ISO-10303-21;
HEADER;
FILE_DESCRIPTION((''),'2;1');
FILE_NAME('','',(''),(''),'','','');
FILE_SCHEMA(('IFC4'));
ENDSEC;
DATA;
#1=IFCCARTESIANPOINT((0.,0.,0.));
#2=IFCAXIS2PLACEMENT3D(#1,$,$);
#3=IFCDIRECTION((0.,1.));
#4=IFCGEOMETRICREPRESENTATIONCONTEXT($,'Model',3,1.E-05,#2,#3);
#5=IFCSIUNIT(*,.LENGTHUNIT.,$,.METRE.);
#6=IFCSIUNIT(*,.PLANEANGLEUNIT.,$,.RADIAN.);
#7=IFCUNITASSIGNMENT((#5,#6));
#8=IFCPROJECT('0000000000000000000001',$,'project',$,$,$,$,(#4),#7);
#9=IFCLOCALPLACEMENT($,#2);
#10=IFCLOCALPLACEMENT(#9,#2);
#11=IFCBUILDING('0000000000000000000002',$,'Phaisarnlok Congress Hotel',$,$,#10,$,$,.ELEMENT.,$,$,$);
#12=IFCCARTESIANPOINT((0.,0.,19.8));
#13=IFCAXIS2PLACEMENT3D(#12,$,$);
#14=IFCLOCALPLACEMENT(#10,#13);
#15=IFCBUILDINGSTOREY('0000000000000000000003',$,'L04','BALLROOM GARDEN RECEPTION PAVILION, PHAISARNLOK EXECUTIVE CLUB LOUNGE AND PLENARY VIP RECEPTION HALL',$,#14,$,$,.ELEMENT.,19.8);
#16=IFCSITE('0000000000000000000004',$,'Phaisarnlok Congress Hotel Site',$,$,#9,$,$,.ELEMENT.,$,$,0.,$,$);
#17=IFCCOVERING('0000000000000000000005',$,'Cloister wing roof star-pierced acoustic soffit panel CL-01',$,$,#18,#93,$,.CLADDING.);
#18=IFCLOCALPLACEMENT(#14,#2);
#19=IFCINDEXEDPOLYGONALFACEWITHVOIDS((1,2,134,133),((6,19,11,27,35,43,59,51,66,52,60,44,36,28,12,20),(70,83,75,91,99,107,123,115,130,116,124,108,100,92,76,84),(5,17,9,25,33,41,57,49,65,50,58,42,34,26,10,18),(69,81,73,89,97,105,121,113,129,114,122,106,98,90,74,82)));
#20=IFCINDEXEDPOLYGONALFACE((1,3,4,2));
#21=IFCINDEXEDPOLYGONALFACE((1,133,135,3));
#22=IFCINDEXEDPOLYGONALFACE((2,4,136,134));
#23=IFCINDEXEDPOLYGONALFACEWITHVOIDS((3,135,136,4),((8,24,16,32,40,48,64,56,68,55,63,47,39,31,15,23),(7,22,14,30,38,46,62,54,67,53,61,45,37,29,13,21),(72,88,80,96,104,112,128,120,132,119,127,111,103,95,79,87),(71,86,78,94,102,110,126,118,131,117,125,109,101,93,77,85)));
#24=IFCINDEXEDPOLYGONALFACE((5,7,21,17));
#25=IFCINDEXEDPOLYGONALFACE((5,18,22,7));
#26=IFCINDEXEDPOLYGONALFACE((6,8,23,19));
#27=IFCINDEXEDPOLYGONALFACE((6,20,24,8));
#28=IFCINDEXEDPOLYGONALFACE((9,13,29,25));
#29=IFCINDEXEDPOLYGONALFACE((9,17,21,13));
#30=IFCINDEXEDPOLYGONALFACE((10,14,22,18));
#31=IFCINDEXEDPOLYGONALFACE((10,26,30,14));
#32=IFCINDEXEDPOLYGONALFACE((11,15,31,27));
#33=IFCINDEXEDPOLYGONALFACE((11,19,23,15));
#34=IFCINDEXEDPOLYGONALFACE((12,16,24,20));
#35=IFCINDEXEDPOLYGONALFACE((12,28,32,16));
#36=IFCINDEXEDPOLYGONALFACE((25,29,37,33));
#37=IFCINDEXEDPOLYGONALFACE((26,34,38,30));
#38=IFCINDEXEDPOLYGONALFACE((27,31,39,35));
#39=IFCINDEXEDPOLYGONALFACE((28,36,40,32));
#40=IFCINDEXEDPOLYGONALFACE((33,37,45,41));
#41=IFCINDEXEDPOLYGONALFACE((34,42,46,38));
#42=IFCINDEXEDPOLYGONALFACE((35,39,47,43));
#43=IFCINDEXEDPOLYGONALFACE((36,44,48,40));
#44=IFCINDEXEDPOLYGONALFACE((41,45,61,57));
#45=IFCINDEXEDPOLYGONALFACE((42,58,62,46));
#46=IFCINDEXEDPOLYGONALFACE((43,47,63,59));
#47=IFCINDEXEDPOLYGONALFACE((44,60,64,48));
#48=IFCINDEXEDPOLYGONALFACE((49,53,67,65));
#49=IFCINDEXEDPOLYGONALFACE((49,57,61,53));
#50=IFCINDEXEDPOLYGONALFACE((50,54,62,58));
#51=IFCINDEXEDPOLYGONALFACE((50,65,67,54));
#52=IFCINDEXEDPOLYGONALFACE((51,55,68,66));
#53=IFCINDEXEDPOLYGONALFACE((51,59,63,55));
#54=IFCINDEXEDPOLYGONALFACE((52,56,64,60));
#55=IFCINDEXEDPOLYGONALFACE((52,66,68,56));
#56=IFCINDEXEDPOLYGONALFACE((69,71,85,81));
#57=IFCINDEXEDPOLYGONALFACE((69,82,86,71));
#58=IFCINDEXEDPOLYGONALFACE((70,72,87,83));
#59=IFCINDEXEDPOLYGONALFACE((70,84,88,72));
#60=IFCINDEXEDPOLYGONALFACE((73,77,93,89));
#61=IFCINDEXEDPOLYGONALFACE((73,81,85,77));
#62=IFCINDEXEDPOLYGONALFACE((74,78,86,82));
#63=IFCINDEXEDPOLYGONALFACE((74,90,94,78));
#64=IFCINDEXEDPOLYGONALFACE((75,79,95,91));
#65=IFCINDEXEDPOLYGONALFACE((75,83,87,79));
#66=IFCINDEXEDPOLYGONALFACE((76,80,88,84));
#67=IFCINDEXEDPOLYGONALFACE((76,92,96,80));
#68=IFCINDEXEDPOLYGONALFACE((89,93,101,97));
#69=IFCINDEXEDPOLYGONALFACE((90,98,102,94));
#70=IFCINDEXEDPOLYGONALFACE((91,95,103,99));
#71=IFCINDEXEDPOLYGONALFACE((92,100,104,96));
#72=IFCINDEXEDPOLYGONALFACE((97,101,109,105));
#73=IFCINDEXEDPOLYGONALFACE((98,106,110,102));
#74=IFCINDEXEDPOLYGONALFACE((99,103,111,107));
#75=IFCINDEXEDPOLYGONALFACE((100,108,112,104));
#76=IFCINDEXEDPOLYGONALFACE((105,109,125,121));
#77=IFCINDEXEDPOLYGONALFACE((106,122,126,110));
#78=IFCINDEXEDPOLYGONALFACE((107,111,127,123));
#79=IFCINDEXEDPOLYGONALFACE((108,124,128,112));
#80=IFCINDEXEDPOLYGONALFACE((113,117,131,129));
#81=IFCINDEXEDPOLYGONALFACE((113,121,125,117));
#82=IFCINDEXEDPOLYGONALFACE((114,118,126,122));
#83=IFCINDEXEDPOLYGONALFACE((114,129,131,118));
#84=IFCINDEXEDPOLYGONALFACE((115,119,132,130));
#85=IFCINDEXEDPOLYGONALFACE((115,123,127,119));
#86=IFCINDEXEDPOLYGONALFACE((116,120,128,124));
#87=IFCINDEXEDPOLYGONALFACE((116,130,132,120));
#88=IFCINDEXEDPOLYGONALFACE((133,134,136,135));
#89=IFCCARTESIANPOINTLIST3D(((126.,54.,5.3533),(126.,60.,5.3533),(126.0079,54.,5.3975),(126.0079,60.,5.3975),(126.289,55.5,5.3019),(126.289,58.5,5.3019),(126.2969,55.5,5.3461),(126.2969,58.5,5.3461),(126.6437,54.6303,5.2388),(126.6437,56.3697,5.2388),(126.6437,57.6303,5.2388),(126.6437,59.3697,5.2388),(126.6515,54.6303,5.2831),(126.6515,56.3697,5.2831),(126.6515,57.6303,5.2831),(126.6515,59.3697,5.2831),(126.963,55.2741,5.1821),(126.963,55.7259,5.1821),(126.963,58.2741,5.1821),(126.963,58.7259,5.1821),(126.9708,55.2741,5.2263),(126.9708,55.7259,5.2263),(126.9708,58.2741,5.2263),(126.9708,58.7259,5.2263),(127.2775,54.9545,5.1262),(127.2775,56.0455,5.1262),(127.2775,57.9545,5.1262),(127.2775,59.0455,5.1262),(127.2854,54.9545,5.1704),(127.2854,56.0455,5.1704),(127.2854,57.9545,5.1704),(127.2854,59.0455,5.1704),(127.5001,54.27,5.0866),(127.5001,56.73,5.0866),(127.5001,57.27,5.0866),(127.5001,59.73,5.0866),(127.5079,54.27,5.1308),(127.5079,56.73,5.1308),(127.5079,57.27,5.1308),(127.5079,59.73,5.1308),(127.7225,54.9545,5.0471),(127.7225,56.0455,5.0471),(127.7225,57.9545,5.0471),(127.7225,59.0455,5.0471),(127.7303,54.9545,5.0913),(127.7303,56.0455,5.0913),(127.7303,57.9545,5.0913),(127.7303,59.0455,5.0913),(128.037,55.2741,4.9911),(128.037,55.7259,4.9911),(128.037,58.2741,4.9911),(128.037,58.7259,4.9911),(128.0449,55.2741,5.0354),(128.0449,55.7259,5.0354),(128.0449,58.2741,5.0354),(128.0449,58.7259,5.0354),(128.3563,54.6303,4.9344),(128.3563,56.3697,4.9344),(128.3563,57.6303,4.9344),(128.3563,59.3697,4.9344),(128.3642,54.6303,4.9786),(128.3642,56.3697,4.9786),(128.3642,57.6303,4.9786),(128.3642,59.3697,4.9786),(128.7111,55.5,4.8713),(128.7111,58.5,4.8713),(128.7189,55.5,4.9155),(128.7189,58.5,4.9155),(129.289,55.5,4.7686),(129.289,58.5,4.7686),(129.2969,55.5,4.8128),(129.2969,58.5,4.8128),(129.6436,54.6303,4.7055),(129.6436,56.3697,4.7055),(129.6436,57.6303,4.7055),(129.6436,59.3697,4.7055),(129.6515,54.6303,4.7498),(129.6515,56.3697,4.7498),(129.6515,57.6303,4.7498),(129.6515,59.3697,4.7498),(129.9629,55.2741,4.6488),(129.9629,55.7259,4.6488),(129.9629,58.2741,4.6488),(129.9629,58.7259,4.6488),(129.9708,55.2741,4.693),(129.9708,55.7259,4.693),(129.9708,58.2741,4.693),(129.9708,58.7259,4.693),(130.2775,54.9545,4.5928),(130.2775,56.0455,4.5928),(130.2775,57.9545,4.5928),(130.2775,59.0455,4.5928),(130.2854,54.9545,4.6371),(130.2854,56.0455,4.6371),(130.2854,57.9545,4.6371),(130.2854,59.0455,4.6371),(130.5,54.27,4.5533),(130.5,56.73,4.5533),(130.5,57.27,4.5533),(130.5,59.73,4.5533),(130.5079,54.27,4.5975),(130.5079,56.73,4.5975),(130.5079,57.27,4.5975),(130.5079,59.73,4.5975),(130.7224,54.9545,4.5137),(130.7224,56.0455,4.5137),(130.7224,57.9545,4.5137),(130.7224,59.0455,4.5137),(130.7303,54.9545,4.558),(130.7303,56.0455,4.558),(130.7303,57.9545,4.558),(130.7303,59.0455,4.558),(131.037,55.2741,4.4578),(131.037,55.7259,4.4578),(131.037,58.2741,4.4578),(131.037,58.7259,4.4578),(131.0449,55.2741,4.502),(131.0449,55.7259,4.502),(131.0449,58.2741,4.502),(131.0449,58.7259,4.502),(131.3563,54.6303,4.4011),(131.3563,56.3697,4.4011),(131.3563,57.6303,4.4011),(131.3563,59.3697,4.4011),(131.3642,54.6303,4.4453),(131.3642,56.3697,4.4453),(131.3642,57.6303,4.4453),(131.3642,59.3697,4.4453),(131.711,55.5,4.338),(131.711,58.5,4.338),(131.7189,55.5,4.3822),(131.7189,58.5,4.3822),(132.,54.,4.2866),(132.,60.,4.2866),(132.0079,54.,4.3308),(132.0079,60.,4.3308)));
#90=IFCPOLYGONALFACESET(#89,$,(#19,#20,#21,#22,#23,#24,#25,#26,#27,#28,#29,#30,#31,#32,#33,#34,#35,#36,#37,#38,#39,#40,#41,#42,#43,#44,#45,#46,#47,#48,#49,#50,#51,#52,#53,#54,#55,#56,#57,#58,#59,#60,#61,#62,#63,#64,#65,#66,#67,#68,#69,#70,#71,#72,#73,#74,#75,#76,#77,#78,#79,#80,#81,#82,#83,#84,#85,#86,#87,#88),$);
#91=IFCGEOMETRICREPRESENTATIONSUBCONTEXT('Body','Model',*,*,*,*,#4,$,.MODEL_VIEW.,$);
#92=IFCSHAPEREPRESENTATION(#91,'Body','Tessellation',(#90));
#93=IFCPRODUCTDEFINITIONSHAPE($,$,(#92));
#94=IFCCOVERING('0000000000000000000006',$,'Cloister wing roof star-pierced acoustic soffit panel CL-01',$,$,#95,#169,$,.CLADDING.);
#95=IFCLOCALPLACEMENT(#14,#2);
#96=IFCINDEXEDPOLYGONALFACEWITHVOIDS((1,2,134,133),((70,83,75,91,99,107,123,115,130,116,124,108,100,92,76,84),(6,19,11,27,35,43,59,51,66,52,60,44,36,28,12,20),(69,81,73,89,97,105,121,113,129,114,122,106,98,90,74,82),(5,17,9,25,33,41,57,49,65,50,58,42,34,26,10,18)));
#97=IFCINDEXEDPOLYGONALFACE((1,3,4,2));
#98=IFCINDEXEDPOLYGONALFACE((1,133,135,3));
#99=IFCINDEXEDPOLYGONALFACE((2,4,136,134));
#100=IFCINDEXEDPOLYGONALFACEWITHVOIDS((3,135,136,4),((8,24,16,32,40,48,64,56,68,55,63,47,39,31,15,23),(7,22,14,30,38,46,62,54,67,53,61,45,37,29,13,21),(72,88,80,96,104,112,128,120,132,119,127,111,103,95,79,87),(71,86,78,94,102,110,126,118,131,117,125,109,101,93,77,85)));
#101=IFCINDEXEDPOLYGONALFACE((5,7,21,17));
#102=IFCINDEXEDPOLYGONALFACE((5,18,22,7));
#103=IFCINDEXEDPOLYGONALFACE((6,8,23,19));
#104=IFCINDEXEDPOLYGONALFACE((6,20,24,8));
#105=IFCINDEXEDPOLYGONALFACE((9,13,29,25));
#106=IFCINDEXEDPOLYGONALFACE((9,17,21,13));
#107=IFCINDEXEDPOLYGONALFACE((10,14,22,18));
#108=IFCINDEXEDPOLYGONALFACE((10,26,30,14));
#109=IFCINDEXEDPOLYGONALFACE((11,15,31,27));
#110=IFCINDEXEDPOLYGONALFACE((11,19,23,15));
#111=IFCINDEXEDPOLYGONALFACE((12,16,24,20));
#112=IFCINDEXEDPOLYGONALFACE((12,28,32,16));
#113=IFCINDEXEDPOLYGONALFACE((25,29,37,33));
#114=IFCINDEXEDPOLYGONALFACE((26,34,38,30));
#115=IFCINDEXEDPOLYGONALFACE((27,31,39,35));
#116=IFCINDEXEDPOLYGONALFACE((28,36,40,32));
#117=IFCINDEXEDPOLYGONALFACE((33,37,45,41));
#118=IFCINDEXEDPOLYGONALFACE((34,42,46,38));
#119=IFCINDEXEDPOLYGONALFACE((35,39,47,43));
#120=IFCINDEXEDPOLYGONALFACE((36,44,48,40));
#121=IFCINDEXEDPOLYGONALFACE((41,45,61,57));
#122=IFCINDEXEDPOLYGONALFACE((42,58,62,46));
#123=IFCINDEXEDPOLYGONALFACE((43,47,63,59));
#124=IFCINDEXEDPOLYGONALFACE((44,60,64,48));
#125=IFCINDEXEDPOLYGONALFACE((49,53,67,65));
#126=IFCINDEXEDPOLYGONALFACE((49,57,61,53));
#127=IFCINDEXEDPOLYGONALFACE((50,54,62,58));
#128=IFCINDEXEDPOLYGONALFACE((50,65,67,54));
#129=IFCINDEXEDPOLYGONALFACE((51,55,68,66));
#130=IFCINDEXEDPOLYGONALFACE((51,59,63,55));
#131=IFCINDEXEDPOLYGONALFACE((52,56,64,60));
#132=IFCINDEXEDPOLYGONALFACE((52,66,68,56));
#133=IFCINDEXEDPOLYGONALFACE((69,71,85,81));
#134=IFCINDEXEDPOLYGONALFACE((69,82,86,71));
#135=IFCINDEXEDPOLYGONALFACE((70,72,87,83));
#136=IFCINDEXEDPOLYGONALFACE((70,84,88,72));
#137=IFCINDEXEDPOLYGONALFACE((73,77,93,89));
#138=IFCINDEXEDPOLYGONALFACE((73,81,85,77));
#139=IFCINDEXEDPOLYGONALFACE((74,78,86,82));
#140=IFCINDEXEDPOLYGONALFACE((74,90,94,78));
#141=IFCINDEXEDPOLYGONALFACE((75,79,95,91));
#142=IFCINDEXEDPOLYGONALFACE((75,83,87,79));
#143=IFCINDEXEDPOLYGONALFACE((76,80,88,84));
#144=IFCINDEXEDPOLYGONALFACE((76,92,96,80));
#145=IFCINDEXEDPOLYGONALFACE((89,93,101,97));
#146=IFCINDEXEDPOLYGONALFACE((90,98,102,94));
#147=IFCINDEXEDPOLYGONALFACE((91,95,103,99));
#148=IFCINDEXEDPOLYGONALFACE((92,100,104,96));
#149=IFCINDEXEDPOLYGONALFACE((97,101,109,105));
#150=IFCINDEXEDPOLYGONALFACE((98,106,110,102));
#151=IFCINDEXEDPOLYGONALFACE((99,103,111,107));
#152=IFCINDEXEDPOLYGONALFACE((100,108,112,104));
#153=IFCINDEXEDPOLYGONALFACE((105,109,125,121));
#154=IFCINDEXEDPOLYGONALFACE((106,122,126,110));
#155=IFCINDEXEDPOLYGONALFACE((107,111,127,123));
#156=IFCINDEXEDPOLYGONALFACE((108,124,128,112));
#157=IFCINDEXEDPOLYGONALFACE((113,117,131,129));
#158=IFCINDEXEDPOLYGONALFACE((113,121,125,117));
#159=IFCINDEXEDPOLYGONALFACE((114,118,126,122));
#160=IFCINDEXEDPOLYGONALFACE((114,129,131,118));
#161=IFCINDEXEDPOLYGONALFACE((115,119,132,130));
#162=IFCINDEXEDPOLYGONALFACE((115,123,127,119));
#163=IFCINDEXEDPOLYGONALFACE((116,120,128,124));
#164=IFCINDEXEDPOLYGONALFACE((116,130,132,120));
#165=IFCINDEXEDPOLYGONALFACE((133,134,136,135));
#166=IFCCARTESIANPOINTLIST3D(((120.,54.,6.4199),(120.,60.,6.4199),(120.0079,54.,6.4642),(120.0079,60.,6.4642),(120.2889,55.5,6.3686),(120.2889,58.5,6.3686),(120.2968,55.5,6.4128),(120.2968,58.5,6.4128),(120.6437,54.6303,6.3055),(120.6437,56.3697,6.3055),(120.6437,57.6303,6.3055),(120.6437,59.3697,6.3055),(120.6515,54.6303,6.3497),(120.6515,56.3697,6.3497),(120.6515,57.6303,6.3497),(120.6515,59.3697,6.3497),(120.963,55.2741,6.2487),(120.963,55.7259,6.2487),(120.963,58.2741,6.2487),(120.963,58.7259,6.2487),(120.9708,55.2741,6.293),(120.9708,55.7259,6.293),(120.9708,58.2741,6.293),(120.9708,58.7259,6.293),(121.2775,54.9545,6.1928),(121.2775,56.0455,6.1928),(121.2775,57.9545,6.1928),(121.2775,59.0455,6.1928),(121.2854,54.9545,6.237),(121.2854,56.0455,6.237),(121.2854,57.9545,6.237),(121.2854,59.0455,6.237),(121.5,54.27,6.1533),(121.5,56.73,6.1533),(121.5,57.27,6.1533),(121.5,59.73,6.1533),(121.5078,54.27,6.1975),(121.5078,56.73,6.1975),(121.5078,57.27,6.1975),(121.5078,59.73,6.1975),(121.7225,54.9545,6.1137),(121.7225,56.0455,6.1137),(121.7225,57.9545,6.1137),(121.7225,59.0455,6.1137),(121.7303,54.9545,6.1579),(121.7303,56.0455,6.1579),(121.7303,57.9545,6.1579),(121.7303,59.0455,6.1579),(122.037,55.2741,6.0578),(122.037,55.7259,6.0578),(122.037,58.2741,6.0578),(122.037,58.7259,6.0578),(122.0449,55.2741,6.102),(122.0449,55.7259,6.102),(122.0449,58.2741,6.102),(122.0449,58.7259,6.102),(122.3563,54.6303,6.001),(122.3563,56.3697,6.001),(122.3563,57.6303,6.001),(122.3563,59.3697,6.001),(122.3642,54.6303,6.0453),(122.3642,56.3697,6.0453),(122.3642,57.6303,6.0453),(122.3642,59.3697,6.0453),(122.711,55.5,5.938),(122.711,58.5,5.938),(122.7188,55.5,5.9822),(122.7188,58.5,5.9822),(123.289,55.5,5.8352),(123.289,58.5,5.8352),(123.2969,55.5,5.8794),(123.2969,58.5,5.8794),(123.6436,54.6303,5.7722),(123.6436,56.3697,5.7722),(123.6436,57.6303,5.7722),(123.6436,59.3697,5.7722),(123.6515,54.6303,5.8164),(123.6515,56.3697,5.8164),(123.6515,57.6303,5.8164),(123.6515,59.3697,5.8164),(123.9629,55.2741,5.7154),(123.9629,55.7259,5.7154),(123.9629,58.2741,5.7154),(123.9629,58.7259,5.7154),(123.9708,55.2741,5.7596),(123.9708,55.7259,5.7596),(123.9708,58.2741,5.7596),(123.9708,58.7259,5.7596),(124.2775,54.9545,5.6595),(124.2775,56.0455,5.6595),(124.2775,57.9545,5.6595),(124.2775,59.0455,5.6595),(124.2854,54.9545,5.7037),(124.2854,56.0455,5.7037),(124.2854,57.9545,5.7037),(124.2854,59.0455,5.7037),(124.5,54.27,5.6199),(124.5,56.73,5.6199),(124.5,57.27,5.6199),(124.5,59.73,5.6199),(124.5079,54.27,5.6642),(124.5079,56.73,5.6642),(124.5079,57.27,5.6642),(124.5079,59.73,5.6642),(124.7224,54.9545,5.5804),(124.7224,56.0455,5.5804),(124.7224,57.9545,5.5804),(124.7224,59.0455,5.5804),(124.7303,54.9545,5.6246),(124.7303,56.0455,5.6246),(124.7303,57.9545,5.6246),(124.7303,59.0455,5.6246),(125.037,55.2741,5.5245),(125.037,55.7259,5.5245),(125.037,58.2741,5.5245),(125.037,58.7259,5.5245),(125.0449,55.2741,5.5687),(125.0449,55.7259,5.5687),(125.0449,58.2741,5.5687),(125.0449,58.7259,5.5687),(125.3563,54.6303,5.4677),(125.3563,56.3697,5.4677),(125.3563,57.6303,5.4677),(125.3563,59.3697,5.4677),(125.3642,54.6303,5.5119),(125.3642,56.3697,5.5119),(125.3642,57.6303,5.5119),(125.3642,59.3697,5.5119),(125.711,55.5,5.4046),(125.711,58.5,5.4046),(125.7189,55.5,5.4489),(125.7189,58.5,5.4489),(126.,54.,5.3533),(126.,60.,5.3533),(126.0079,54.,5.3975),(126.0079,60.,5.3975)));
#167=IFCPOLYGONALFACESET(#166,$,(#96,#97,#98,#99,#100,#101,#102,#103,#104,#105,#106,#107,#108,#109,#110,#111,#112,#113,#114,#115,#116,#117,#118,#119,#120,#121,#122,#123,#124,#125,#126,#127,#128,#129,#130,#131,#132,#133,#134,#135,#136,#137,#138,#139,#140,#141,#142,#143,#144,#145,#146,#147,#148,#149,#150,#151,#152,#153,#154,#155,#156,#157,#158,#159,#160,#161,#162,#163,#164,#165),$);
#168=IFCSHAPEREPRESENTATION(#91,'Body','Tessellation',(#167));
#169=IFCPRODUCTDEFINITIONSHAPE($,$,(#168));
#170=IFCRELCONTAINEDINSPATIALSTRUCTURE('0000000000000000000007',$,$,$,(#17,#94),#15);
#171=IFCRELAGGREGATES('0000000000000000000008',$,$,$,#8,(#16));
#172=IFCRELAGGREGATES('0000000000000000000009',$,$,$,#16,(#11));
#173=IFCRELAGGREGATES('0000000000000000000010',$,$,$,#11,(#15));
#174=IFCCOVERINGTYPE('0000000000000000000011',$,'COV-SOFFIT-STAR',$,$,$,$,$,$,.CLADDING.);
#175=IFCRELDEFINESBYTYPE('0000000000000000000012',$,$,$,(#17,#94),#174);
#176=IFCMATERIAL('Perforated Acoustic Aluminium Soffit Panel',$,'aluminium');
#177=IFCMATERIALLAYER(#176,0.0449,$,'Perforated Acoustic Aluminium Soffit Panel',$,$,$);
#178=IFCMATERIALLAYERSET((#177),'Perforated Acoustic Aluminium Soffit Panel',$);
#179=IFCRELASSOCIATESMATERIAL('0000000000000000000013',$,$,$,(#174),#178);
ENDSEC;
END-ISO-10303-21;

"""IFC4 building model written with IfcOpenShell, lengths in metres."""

from ifc_helpers import new_model, si_unit, direction, frame, origin, place, context, subcontext, project, spatial, polyline, outline, extrude, material, layer, layer_set, type_object, element, save


model = new_model("IFC4")

# Units and contexts
model_context = context("Model", 3, precision=1e-05, world=origin(), true_north=direction((0.0, 1.0)))
body_context = subcontext(model_context, "Body", "Model", "MODEL_VIEW")
ifc_project = project(units=[si_unit("LENGTHUNIT", "METRE"), si_unit("PLANEANGLEUNIT", "RADIAN")], contexts=[model_context])

# Site, building, storey
site_placement = place(None, origin())
site = spatial("IfcSite", under=ifc_project, at=site_placement, Name="Phaisarnlok Congress Hotel Site", CompositionType="ELEMENT", RefElevation=0.0)
building_placement = place(site_placement, origin())
building = spatial("IfcBuilding", under=site, at=building_placement, Name="Phaisarnlok Congress Hotel", CompositionType="ELEMENT")
storey_placement = place(building_placement, frame((0.0, 0.0, 19.8)))
storey = spatial("IfcBuildingStorey", under=building, at=storey_placement, Name="L04", Description="BALLROOM GARDEN RECEPTION PAVILION, PHAISARNLOK EXECUTIVE CLUB LOUNGE AND PLENARY VIP RECEPTION HALL", CompositionType="ELEMENT", Elevation=19.8)

# Coverings
ifc_material_1 = material(Name="Perforated Acoustic Aluminium Soffit Panel", Category="aluminium")
ifc_layer_1 = layer(ifc_material_1, 0.0449, Name="Perforated Acoustic Aluminium Soffit Panel")
ifc_layer_set_1 = layer_set([ifc_layer_1], Name="Perforated Acoustic Aluminium Soffit Panel")
covering_type = type_object("IfcCoveringType", Name="COV-SOFFIT-STAR", PredefinedType="CLADDING", material=ifc_layer_set_1)
covering_1_placement = place(storey_placement, frame((132.0, 54.0, 4.2866), z_axis=(0.175031, 0.0, 0.984563), x_axis=(0.0, 1.0, 0.0)))
element("IfcCovering", 1, at=covering_1_placement, inside=storey, type_object=covering_type, Name="Cloister wing roof star-pierced acoustic soffit panel CL-01", PredefinedType="CLADDING", context=body_context, shape_type="SweptSolid", body=[
    extrude(outline(polyline([(0.0, 0.0), (6.0, 0.0), (6.0, 6.0941), (0.0, 6.0941), (0.0, 0.0)]), holes=[polyline([(2.0455, 1.2976), (2.3697, 0.6538), (1.7259, 0.9781), (1.5, 0.2935), (1.2741, 0.9781), (0.6303, 0.6538), (0.9545, 1.2976), (0.27, 1.5235), (0.9545, 1.7495), (0.6303, 2.3933), (1.2741, 2.069), (1.5, 2.7535), (1.7259, 2.069), (2.3697, 2.3933), (2.0455, 1.7495), (2.73, 1.5235), (2.0455, 1.2976)]), polyline([(2.0455, 4.3446), (2.3697, 3.7008), (1.7259, 4.0251), (1.5, 3.3405), (1.2741, 4.0251), (0.6303, 3.7008), (0.9545, 4.3446), (0.27, 4.5705), (0.9545, 4.7965), (0.6303, 5.4403), (1.2741, 5.116), (1.5, 5.8005), (1.7259, 5.116), (2.3697, 5.4403), (2.0455, 4.7965), (2.73, 4.5705), (2.0455, 4.3446)]), polyline([(5.0455, 1.2976), (5.3697, 0.6538), (4.7259, 0.9781), (4.5, 0.2935), (4.2741, 0.9781), (3.6303, 0.6538), (3.9545, 1.2976), (3.27, 1.5235), (3.9545, 1.7495), (3.6303, 2.3933), (4.2741, 2.069), (4.5, 2.7535), (4.7259, 2.069), (5.3697, 2.3933), (5.0455, 1.7495), (5.73, 1.5235), (5.0455, 1.2976)]), polyline([(5.0455, 4.3446), (5.3697, 3.7008), (4.7259, 4.0251), (4.5, 3.3405), (4.2741, 4.0251), (3.6303, 3.7008), (3.9545, 4.3446), (3.27, 4.5705), (3.9545, 4.7965), (3.6303, 5.4403), (4.2741, 5.116), (4.5, 5.8005), (4.7259, 5.116), (5.3697, 5.4403), (5.0455, 4.7965), (5.73, 4.5705), (5.0455, 4.3446)])]), origin(), (0.0, 0.0, 1.0), 0.0449),
])
covering_2_placement = place(storey_placement, frame((126.0, 54.0, 5.3533), z_axis=(0.175031, 0.0, 0.984563), x_axis=(0.0, 1.0, 0.0)))
element("IfcCovering", 2, at=covering_2_placement, inside=storey, type_object=covering_type, Name="Cloister wing roof star-pierced acoustic soffit panel CL-01", PredefinedType="CLADDING", context=body_context, shape_type="SweptSolid", body=[
    extrude(outline(polyline([(0.0, 0.0), (6.0, 0.0), (6.0, 6.0941), (0.0, 6.0941), (0.0, 0.0)]), holes=[polyline([(2.0455, 1.2976), (2.3697, 0.6538), (1.7259, 0.9781), (1.5, 0.2935), (1.2741, 0.9781), (0.6303, 0.6538), (0.9545, 1.2976), (0.27, 1.5235), (0.9545, 1.7495), (0.6303, 2.3933), (1.2741, 2.069), (1.5, 2.7535), (1.7259, 2.069), (2.3697, 2.3933), (2.0455, 1.7495), (2.73, 1.5235), (2.0455, 1.2976)]), polyline([(2.0455, 4.3446), (2.3697, 3.7008), (1.7259, 4.0251), (1.5, 3.3406), (1.2741, 4.0251), (0.6303, 3.7008), (0.9545, 4.3446), (0.27, 4.5706), (0.9545, 4.7965), (0.6303, 5.4403), (1.2741, 5.116), (1.5, 5.8006), (1.7259, 5.116), (2.3697, 5.4403), (2.0455, 4.7965), (2.73, 4.5706), (2.0455, 4.3446)]), polyline([(5.0455, 1.2976), (5.3697, 0.6538), (4.7259, 0.9781), (4.5, 0.2935), (4.2741, 0.9781), (3.6303, 0.6538), (3.9545, 1.2976), (3.27, 1.5235), (3.9545, 1.7495), (3.6303, 2.3933), (4.2741, 2.069), (4.5, 2.7535), (4.7259, 2.069), (5.3697, 2.3933), (5.0455, 1.7495), (5.73, 1.5235), (5.0455, 1.2976)]), polyline([(5.0455, 4.3446), (5.3697, 3.7008), (4.7259, 4.0251), (4.5, 3.3406), (4.2741, 4.0251), (3.6303, 3.7008), (3.9545, 4.3446), (3.27, 4.5706), (3.9545, 4.7965), (3.6303, 5.4403), (4.2741, 5.116), (4.5, 5.8006), (4.7259, 5.116), (5.3697, 5.4403), (5.0455, 4.7965), (5.73, 4.5706), (5.0455, 4.3446)])]), origin(), (0.0, 0.0, 1.0), 0.0449),
])

save(model, "model.ifc")
